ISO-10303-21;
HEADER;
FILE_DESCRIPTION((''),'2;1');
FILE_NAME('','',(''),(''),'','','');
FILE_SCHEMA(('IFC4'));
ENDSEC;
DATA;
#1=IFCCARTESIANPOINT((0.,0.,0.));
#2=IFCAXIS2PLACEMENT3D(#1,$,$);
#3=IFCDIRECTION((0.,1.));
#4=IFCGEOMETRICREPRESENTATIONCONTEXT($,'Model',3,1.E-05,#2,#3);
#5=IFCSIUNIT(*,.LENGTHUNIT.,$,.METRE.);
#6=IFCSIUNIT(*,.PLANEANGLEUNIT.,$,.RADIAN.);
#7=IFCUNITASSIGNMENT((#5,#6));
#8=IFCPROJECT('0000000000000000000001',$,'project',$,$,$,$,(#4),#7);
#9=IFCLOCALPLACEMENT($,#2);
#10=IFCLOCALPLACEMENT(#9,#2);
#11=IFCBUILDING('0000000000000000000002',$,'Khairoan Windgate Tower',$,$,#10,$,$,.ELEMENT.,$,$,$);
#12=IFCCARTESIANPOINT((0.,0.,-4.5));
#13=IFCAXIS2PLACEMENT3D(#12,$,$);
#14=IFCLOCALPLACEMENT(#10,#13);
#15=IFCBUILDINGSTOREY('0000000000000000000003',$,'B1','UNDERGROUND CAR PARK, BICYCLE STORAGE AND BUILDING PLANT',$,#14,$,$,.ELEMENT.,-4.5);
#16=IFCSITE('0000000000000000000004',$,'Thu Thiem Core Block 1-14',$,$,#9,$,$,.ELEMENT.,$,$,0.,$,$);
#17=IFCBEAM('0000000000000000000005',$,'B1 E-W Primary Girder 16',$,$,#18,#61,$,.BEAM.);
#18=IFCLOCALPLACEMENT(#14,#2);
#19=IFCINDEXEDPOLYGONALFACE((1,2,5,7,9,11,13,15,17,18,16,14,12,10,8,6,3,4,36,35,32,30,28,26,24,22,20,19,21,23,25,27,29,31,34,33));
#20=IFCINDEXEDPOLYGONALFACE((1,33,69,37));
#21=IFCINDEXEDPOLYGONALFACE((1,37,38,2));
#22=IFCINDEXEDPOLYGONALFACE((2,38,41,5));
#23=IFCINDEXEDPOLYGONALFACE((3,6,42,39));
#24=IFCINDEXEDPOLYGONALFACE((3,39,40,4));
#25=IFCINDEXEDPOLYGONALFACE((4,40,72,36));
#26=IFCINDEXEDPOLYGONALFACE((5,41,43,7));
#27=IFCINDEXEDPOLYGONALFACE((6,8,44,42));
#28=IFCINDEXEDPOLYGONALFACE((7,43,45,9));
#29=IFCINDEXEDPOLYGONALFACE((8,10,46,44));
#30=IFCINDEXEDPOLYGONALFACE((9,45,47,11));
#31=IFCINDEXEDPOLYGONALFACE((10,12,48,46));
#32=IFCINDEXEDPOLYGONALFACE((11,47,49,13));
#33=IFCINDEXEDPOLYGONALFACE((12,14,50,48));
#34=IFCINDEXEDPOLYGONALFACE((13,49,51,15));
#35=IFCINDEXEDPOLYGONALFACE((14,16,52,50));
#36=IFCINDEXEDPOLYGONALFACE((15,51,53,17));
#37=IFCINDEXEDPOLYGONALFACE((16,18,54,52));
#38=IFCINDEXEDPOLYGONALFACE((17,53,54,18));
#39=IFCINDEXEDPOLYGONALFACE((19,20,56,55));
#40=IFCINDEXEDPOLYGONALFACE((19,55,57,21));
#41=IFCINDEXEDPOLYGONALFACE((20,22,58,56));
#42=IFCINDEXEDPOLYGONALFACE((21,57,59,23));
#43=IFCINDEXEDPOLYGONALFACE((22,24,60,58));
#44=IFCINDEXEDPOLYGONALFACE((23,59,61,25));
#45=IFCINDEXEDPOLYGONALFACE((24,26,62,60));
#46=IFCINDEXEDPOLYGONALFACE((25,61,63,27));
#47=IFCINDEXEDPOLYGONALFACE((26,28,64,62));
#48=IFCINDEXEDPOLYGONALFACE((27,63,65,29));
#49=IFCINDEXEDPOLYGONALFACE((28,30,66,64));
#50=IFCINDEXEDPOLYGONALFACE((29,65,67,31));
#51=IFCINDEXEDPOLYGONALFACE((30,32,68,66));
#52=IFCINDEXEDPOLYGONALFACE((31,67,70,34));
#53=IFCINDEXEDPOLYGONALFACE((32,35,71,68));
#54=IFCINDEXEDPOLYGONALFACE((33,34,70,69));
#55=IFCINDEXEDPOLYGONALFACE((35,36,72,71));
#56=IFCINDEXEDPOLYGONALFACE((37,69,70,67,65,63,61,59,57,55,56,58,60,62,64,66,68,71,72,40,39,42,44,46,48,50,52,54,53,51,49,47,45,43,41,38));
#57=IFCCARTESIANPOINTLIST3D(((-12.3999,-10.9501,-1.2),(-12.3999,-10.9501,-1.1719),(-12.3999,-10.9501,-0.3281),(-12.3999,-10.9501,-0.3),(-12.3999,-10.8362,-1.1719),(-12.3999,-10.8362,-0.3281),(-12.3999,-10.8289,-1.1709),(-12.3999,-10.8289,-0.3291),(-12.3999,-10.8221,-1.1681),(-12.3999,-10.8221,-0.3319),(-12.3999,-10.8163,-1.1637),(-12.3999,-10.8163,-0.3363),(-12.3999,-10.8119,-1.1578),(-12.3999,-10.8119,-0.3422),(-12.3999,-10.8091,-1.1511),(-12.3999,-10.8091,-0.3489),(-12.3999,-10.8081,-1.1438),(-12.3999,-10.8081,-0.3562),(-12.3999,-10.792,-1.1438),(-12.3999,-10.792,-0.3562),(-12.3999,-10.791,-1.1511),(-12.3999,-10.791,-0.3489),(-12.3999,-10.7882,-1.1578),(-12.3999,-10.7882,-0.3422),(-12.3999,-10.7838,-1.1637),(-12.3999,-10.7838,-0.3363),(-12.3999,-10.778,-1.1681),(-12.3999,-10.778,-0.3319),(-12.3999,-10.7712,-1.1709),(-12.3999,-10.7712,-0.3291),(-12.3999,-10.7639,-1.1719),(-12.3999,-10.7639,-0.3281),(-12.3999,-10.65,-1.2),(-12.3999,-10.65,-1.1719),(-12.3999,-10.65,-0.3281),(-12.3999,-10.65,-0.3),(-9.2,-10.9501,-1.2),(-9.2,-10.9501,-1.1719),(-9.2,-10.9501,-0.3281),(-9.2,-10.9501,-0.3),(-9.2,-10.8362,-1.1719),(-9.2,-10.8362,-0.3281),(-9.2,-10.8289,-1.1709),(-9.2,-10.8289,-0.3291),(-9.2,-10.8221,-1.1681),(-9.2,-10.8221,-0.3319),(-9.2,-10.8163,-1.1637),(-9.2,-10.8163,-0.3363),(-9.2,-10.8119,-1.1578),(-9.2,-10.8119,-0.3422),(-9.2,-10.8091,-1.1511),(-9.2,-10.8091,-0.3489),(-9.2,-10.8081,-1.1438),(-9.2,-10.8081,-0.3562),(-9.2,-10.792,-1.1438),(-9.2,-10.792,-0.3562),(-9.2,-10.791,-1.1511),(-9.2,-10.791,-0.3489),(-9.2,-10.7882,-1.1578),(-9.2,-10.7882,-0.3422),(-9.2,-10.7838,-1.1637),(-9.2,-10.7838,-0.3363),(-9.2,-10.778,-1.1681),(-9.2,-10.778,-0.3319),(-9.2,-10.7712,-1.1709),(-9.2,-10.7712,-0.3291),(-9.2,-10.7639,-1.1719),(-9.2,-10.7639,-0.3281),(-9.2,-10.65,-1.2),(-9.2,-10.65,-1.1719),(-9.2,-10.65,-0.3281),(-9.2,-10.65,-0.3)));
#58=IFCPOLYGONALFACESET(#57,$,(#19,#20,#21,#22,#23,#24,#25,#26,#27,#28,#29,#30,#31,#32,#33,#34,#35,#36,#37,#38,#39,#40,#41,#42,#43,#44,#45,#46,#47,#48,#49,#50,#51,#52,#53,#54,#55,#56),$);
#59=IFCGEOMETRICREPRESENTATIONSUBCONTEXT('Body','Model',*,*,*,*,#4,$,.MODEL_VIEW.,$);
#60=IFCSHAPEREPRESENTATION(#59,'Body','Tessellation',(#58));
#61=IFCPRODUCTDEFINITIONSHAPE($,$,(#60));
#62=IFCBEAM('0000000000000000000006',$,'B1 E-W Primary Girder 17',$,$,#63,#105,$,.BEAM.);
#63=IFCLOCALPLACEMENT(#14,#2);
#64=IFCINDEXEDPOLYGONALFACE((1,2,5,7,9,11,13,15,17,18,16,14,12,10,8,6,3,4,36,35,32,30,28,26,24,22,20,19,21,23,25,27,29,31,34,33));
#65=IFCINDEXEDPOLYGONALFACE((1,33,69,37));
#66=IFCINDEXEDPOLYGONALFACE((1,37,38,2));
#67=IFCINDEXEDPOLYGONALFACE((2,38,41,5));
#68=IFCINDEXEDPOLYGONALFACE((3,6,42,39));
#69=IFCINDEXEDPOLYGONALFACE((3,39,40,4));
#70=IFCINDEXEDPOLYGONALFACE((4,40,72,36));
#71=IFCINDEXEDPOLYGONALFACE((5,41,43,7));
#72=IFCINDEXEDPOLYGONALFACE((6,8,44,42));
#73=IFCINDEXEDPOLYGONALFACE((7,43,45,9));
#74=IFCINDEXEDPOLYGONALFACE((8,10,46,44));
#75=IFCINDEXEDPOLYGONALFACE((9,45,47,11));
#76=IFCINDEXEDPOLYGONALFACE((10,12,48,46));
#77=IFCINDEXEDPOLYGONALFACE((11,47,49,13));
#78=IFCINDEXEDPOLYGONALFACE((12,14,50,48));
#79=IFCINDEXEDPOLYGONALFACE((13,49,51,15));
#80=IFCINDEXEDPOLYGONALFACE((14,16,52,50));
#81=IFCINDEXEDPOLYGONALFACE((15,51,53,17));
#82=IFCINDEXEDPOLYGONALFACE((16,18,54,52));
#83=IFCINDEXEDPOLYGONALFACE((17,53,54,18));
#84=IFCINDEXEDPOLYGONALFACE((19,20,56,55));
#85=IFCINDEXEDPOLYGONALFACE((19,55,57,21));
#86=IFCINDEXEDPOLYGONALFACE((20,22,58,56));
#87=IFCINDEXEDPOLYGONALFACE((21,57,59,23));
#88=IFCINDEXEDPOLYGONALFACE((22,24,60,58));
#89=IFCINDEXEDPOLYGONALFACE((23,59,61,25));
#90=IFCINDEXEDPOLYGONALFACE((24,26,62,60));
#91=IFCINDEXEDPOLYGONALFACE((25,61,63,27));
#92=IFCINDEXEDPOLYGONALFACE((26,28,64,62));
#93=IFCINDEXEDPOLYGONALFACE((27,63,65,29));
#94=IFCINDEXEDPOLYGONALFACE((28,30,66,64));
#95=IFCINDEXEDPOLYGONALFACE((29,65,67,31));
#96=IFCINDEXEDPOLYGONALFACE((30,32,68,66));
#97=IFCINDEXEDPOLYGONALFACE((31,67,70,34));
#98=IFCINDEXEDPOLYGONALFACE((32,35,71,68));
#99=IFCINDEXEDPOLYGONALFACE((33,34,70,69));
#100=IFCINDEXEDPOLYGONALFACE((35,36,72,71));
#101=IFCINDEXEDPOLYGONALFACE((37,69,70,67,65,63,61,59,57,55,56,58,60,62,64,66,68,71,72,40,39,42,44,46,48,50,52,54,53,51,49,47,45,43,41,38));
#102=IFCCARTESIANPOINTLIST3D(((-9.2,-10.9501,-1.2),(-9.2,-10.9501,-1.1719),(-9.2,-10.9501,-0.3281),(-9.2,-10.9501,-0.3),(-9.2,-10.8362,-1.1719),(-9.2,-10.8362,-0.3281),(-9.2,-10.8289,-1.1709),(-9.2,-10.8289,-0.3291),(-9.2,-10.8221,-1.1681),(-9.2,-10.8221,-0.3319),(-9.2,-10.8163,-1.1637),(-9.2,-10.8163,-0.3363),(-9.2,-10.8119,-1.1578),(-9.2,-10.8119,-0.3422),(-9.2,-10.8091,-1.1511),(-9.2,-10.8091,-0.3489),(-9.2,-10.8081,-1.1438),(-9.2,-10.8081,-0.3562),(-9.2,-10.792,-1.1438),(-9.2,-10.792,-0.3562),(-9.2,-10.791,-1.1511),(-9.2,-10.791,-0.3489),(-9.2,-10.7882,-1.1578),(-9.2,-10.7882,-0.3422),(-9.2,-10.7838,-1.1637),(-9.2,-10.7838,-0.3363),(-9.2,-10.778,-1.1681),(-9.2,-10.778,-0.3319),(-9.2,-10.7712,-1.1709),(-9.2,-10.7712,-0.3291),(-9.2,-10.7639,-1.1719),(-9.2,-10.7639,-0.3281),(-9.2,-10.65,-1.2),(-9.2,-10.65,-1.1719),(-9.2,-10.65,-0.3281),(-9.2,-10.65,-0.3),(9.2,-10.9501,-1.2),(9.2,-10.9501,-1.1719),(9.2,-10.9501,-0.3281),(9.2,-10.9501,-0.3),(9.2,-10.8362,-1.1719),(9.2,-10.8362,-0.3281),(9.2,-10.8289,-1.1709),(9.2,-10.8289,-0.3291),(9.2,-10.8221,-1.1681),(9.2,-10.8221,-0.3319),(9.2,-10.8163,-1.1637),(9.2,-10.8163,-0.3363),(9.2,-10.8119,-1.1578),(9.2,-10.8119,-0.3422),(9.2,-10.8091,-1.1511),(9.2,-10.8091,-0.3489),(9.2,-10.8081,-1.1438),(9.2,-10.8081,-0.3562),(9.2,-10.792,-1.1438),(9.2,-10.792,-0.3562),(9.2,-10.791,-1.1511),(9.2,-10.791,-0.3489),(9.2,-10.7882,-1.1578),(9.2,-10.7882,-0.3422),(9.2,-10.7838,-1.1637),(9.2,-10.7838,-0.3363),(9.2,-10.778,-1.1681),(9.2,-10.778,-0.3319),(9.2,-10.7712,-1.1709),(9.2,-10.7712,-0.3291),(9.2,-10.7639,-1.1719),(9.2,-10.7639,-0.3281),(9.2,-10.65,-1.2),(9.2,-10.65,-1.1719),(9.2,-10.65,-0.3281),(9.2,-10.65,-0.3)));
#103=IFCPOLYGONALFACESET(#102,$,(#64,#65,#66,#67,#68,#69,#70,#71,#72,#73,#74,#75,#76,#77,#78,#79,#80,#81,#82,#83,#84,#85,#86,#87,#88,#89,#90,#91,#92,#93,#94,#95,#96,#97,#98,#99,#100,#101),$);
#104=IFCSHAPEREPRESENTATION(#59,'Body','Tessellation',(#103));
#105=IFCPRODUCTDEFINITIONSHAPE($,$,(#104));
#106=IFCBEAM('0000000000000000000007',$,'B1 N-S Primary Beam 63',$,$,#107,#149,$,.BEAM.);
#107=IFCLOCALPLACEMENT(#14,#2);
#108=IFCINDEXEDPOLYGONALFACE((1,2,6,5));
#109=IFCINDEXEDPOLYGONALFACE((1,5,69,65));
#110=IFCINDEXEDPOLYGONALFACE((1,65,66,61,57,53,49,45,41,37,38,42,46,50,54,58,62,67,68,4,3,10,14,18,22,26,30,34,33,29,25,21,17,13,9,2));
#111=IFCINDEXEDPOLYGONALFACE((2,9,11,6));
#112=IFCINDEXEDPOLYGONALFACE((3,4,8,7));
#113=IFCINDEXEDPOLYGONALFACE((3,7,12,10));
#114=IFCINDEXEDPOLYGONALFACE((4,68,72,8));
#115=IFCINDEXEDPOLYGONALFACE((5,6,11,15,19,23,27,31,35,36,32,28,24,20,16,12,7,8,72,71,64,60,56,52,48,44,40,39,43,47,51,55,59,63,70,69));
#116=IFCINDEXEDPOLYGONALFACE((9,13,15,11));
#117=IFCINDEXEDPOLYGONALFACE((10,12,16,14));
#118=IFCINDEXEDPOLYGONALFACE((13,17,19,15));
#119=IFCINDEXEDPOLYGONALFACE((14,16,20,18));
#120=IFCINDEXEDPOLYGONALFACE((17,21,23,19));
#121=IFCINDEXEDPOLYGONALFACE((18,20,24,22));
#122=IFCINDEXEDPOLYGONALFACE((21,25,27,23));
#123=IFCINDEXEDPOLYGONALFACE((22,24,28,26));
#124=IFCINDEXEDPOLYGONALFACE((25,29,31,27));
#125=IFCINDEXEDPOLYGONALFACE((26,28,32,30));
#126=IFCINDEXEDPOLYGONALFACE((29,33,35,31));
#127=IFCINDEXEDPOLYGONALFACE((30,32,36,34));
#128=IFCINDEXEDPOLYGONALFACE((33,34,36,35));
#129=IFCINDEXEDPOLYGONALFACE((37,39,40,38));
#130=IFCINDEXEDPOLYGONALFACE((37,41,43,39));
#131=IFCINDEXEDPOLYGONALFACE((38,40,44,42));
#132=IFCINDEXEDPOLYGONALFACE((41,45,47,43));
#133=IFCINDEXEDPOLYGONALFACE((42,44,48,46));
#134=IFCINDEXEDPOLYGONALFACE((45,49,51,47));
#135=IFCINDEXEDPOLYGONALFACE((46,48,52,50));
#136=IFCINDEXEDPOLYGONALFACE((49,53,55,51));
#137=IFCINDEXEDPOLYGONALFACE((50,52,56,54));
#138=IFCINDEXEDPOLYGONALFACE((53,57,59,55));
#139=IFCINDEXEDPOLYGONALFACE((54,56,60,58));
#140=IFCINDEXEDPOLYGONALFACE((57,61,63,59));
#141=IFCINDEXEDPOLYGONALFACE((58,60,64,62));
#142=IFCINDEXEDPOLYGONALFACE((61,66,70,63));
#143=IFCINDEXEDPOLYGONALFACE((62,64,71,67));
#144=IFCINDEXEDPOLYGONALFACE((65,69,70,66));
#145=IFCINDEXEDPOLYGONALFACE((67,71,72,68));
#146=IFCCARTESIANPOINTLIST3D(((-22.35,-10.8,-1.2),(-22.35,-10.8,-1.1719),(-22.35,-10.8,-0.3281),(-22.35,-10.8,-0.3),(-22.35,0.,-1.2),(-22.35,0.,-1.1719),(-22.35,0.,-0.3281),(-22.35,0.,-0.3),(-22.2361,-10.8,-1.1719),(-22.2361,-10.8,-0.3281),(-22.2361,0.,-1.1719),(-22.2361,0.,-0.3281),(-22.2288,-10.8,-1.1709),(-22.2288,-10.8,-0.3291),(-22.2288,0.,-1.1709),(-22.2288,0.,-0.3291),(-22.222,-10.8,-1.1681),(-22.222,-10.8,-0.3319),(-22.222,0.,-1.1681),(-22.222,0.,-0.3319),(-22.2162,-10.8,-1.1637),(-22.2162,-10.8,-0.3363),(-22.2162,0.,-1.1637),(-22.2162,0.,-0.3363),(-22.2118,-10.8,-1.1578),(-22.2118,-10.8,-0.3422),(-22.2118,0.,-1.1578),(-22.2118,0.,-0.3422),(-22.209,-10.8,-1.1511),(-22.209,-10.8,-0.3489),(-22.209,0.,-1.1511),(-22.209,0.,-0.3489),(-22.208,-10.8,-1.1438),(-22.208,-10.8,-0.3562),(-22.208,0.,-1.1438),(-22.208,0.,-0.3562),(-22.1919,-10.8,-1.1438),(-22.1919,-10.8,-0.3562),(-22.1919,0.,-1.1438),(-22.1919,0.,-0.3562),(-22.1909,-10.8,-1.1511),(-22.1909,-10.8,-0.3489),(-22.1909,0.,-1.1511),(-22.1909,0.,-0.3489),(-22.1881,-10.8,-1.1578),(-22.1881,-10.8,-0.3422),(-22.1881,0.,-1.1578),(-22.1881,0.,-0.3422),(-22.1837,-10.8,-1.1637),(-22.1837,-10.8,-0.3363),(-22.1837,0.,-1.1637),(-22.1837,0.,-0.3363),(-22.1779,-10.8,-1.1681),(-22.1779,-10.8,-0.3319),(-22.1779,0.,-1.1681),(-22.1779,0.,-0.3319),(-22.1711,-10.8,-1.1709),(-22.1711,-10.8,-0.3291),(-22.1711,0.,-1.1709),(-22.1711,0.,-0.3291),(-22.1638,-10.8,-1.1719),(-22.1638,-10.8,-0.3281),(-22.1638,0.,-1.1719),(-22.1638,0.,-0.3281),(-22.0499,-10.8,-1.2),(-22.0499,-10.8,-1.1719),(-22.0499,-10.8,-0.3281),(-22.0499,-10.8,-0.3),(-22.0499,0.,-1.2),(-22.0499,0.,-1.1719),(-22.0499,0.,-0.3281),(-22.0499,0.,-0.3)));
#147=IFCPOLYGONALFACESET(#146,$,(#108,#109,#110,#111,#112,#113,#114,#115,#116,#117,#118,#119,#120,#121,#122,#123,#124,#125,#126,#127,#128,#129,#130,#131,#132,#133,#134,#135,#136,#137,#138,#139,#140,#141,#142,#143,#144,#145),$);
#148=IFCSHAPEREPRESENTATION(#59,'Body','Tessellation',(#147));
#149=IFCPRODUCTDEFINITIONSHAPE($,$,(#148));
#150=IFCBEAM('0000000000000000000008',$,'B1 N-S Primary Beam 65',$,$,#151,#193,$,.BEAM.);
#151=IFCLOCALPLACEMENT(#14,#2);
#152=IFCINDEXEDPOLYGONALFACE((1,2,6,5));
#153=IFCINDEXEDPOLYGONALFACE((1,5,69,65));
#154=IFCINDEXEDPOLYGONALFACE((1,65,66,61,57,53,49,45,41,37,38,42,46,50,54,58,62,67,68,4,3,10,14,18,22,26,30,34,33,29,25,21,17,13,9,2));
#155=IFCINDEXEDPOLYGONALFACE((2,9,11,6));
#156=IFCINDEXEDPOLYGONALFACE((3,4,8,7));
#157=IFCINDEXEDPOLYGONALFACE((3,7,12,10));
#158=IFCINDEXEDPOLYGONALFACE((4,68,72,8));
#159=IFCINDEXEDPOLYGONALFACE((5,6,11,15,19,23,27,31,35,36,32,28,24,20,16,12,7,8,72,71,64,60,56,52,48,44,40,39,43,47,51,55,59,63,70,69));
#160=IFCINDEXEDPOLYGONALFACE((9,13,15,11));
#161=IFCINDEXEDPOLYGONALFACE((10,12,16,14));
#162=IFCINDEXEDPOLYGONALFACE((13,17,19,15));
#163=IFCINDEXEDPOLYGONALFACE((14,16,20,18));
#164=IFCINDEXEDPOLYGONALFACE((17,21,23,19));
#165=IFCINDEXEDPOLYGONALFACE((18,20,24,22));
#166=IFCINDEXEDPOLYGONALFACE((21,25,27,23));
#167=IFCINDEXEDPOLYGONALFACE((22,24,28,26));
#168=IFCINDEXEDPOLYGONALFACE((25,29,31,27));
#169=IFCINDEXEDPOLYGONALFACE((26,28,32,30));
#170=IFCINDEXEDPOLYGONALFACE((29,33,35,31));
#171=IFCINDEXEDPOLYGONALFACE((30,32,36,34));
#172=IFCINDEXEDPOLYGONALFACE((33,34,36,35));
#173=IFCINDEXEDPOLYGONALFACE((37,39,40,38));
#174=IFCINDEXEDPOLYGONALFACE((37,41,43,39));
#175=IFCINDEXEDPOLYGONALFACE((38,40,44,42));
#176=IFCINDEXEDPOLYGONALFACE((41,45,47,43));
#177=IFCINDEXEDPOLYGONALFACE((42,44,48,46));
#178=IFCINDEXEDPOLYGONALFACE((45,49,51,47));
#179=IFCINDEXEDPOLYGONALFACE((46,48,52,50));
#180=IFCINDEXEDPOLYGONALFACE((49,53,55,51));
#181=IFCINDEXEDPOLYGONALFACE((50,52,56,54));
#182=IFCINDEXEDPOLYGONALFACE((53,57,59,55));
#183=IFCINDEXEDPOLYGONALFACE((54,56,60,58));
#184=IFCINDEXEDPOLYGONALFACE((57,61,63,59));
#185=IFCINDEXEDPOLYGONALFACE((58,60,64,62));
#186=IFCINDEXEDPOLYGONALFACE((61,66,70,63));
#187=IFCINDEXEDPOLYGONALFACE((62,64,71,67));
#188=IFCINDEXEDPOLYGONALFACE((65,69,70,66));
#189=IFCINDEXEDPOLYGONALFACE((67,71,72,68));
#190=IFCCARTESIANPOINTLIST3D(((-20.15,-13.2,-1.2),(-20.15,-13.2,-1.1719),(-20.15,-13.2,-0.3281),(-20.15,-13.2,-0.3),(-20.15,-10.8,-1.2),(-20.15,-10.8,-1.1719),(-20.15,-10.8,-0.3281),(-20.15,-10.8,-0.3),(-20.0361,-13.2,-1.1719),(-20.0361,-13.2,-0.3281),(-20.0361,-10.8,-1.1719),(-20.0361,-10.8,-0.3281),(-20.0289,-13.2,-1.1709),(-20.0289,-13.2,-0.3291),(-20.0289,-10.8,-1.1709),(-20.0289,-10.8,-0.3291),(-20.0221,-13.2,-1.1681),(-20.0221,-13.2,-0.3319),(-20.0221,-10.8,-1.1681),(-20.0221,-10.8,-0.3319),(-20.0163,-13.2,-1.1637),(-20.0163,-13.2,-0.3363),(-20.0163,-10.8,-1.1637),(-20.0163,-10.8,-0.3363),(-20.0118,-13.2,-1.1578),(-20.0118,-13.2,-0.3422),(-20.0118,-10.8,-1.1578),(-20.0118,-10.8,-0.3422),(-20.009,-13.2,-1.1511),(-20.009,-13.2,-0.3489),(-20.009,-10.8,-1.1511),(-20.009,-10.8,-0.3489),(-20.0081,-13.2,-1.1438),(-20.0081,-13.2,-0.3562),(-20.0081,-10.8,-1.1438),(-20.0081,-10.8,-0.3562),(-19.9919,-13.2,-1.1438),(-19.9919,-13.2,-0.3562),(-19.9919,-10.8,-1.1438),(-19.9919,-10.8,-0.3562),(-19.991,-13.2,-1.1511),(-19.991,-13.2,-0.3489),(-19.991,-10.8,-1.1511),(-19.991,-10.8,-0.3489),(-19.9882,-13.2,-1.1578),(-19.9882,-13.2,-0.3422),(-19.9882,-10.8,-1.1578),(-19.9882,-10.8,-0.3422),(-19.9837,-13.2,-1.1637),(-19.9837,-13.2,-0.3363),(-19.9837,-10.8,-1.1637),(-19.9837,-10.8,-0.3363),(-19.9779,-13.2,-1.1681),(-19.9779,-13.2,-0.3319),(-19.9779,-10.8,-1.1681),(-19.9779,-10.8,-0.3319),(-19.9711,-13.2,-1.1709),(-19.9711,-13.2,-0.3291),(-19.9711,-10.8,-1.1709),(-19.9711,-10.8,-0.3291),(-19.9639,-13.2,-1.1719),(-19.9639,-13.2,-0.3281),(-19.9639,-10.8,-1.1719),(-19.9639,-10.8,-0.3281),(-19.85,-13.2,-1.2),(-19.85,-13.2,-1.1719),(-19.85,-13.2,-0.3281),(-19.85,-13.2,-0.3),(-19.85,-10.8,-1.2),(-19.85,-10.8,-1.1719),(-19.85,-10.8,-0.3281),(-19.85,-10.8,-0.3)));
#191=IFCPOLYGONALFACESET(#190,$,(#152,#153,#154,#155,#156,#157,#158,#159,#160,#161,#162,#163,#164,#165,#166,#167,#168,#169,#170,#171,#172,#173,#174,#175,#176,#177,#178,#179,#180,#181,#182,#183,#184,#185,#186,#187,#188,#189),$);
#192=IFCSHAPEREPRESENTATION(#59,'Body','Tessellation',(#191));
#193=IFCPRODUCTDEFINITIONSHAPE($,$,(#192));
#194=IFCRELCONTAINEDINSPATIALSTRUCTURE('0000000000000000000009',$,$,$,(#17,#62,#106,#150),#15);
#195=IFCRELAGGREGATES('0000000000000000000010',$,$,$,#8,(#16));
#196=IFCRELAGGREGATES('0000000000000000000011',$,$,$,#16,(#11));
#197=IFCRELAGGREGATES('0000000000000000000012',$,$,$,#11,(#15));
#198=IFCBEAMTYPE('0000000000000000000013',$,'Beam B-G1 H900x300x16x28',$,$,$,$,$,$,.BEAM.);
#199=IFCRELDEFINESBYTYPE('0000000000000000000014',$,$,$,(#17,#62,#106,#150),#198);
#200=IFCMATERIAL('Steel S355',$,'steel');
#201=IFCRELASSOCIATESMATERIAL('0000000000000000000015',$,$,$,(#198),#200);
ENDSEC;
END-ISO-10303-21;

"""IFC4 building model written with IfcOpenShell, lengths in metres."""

from ifc_helpers import new_model, si_unit, direction, frame, origin, origin_2d, place, context, subcontext, project, spatial, i_section, extrude, material, material_profile, profile_set, type_object, element, save


model = new_model("IFC4")

# Units and contexts
model_context = context("Model", 3, precision=1e-05, world=origin(), true_north=direction((0.0, 1.0)))
body_context = subcontext(model_context, "Body", "Model", "MODEL_VIEW")
ifc_project = project(units=[si_unit("LENGTHUNIT", "METRE"), si_unit("PLANEANGLEUNIT", "RADIAN")], contexts=[model_context])

# Site, building, storey
site_placement = place(None, origin())
site = spatial("IfcSite", under=ifc_project, at=site_placement, Name="Thu Thiem Core Block 1-14", CompositionType="ELEMENT", RefElevation=0.0)
building_placement = place(site_placement, origin())
building = spatial("IfcBuilding", under=site, at=building_placement, Name="Khairoan Windgate Tower", CompositionType="ELEMENT")
storey_placement = place(building_placement, frame((0.0, 0.0, -4.5)))
storey = spatial("IfcBuildingStorey", under=building, at=storey_placement, Name="B1", Description="UNDERGROUND CAR PARK, BICYCLE STORAGE AND BUILDING PLANT", CompositionType="ELEMENT", Elevation=-4.5)

# Beams
ifc_material_1 = material(Name="Steel S355", Category="steel")
ifc_material_profile_1 = material_profile(ifc_material_1, i_section(OverallWidth=0.3, OverallDepth=0.8999, WebThickness=0.0161, FlangeThickness=0.0281, FilletRadius=0.0281, at=origin_2d()))
ifc_profile_set_1 = profile_set([ifc_material_profile_1], Name="Steel S355")
beam_type = type_object("IfcBeamType", Name="Beam B-G1 H900x300x16x28", PredefinedType="BEAM", material=ifc_profile_set_1)
beam_1_placement = place(storey_placement, frame((-12.3999, -10.8, -0.75), z_axis=(1.0, 0.0, 0.0), x_axis=(0.0, 1.0, 0.0)))
element("IfcBeam", 1, at=beam_1_placement, inside=storey, type_object=beam_type, Name="B1 E-W Primary Girder 16", PredefinedType="BEAM", context=body_context, shape_type="SweptSolid", body=[
    extrude(i_section(OverallWidth=0.3, OverallDepth=0.8999, WebThickness=0.0161, FlangeThickness=0.0281, FilletRadius=0.0281, at=origin_2d()), origin(), (0.0, 0.0, 1.0), 3.2),
])
beam_2_placement = place(storey_placement, frame((-9.2, -10.8, -0.75), z_axis=(1.0, 0.0, 0.0), x_axis=(0.0, 1.0, 0.0)))
element("IfcBeam", 2, at=beam_2_placement, inside=storey, type_object=beam_type, Name="B1 E-W Primary Girder 17", PredefinedType="BEAM", context=body_context, shape_type="SweptSolid", body=[
    extrude(i_section(OverallWidth=0.3, OverallDepth=0.8999, WebThickness=0.0161, FlangeThickness=0.0281, FilletRadius=0.0281, at=origin_2d()), origin(), (0.0, 0.0, 1.0), 18.3999),
])
beam_3_placement = place(storey_placement, frame((-22.2, -10.8, -0.75), z_axis=(0.0, 1.0, 0.0), x_axis=(-1.0, 0.0, 0.0)))
element("IfcBeam", 3, at=beam_3_placement, inside=storey, type_object=beam_type, Name="B1 N-S Primary Beam 63", PredefinedType="BEAM", context=body_context, shape_type="SweptSolid", body=[
    extrude(i_section(OverallWidth=0.3, OverallDepth=0.8999, WebThickness=0.0161, FlangeThickness=0.0281, FilletRadius=0.0281, at=origin_2d()), origin(), (0.0, 0.0, 1.0), 10.8),
])
beam_4_placement = place(storey_placement, frame((-20.0, -13.2, -0.75), z_axis=(0.0, 1.0, 0.0), x_axis=(-1.0, 0.0, 0.0)))
element("IfcBeam", 4, at=beam_4_placement, inside=storey, type_object=beam_type, Name="B1 N-S Primary Beam 65", PredefinedType="BEAM", context=body_context, shape_type="SweptSolid", body=[
    extrude(i_section(OverallWidth=0.3, OverallDepth=0.8999, WebThickness=0.0161, FlangeThickness=0.0281, FilletRadius=0.0281, at=origin_2d()), origin(), (0.0, 0.0, 1.0), 2.3999),
])

save(model, "model.ifc")
